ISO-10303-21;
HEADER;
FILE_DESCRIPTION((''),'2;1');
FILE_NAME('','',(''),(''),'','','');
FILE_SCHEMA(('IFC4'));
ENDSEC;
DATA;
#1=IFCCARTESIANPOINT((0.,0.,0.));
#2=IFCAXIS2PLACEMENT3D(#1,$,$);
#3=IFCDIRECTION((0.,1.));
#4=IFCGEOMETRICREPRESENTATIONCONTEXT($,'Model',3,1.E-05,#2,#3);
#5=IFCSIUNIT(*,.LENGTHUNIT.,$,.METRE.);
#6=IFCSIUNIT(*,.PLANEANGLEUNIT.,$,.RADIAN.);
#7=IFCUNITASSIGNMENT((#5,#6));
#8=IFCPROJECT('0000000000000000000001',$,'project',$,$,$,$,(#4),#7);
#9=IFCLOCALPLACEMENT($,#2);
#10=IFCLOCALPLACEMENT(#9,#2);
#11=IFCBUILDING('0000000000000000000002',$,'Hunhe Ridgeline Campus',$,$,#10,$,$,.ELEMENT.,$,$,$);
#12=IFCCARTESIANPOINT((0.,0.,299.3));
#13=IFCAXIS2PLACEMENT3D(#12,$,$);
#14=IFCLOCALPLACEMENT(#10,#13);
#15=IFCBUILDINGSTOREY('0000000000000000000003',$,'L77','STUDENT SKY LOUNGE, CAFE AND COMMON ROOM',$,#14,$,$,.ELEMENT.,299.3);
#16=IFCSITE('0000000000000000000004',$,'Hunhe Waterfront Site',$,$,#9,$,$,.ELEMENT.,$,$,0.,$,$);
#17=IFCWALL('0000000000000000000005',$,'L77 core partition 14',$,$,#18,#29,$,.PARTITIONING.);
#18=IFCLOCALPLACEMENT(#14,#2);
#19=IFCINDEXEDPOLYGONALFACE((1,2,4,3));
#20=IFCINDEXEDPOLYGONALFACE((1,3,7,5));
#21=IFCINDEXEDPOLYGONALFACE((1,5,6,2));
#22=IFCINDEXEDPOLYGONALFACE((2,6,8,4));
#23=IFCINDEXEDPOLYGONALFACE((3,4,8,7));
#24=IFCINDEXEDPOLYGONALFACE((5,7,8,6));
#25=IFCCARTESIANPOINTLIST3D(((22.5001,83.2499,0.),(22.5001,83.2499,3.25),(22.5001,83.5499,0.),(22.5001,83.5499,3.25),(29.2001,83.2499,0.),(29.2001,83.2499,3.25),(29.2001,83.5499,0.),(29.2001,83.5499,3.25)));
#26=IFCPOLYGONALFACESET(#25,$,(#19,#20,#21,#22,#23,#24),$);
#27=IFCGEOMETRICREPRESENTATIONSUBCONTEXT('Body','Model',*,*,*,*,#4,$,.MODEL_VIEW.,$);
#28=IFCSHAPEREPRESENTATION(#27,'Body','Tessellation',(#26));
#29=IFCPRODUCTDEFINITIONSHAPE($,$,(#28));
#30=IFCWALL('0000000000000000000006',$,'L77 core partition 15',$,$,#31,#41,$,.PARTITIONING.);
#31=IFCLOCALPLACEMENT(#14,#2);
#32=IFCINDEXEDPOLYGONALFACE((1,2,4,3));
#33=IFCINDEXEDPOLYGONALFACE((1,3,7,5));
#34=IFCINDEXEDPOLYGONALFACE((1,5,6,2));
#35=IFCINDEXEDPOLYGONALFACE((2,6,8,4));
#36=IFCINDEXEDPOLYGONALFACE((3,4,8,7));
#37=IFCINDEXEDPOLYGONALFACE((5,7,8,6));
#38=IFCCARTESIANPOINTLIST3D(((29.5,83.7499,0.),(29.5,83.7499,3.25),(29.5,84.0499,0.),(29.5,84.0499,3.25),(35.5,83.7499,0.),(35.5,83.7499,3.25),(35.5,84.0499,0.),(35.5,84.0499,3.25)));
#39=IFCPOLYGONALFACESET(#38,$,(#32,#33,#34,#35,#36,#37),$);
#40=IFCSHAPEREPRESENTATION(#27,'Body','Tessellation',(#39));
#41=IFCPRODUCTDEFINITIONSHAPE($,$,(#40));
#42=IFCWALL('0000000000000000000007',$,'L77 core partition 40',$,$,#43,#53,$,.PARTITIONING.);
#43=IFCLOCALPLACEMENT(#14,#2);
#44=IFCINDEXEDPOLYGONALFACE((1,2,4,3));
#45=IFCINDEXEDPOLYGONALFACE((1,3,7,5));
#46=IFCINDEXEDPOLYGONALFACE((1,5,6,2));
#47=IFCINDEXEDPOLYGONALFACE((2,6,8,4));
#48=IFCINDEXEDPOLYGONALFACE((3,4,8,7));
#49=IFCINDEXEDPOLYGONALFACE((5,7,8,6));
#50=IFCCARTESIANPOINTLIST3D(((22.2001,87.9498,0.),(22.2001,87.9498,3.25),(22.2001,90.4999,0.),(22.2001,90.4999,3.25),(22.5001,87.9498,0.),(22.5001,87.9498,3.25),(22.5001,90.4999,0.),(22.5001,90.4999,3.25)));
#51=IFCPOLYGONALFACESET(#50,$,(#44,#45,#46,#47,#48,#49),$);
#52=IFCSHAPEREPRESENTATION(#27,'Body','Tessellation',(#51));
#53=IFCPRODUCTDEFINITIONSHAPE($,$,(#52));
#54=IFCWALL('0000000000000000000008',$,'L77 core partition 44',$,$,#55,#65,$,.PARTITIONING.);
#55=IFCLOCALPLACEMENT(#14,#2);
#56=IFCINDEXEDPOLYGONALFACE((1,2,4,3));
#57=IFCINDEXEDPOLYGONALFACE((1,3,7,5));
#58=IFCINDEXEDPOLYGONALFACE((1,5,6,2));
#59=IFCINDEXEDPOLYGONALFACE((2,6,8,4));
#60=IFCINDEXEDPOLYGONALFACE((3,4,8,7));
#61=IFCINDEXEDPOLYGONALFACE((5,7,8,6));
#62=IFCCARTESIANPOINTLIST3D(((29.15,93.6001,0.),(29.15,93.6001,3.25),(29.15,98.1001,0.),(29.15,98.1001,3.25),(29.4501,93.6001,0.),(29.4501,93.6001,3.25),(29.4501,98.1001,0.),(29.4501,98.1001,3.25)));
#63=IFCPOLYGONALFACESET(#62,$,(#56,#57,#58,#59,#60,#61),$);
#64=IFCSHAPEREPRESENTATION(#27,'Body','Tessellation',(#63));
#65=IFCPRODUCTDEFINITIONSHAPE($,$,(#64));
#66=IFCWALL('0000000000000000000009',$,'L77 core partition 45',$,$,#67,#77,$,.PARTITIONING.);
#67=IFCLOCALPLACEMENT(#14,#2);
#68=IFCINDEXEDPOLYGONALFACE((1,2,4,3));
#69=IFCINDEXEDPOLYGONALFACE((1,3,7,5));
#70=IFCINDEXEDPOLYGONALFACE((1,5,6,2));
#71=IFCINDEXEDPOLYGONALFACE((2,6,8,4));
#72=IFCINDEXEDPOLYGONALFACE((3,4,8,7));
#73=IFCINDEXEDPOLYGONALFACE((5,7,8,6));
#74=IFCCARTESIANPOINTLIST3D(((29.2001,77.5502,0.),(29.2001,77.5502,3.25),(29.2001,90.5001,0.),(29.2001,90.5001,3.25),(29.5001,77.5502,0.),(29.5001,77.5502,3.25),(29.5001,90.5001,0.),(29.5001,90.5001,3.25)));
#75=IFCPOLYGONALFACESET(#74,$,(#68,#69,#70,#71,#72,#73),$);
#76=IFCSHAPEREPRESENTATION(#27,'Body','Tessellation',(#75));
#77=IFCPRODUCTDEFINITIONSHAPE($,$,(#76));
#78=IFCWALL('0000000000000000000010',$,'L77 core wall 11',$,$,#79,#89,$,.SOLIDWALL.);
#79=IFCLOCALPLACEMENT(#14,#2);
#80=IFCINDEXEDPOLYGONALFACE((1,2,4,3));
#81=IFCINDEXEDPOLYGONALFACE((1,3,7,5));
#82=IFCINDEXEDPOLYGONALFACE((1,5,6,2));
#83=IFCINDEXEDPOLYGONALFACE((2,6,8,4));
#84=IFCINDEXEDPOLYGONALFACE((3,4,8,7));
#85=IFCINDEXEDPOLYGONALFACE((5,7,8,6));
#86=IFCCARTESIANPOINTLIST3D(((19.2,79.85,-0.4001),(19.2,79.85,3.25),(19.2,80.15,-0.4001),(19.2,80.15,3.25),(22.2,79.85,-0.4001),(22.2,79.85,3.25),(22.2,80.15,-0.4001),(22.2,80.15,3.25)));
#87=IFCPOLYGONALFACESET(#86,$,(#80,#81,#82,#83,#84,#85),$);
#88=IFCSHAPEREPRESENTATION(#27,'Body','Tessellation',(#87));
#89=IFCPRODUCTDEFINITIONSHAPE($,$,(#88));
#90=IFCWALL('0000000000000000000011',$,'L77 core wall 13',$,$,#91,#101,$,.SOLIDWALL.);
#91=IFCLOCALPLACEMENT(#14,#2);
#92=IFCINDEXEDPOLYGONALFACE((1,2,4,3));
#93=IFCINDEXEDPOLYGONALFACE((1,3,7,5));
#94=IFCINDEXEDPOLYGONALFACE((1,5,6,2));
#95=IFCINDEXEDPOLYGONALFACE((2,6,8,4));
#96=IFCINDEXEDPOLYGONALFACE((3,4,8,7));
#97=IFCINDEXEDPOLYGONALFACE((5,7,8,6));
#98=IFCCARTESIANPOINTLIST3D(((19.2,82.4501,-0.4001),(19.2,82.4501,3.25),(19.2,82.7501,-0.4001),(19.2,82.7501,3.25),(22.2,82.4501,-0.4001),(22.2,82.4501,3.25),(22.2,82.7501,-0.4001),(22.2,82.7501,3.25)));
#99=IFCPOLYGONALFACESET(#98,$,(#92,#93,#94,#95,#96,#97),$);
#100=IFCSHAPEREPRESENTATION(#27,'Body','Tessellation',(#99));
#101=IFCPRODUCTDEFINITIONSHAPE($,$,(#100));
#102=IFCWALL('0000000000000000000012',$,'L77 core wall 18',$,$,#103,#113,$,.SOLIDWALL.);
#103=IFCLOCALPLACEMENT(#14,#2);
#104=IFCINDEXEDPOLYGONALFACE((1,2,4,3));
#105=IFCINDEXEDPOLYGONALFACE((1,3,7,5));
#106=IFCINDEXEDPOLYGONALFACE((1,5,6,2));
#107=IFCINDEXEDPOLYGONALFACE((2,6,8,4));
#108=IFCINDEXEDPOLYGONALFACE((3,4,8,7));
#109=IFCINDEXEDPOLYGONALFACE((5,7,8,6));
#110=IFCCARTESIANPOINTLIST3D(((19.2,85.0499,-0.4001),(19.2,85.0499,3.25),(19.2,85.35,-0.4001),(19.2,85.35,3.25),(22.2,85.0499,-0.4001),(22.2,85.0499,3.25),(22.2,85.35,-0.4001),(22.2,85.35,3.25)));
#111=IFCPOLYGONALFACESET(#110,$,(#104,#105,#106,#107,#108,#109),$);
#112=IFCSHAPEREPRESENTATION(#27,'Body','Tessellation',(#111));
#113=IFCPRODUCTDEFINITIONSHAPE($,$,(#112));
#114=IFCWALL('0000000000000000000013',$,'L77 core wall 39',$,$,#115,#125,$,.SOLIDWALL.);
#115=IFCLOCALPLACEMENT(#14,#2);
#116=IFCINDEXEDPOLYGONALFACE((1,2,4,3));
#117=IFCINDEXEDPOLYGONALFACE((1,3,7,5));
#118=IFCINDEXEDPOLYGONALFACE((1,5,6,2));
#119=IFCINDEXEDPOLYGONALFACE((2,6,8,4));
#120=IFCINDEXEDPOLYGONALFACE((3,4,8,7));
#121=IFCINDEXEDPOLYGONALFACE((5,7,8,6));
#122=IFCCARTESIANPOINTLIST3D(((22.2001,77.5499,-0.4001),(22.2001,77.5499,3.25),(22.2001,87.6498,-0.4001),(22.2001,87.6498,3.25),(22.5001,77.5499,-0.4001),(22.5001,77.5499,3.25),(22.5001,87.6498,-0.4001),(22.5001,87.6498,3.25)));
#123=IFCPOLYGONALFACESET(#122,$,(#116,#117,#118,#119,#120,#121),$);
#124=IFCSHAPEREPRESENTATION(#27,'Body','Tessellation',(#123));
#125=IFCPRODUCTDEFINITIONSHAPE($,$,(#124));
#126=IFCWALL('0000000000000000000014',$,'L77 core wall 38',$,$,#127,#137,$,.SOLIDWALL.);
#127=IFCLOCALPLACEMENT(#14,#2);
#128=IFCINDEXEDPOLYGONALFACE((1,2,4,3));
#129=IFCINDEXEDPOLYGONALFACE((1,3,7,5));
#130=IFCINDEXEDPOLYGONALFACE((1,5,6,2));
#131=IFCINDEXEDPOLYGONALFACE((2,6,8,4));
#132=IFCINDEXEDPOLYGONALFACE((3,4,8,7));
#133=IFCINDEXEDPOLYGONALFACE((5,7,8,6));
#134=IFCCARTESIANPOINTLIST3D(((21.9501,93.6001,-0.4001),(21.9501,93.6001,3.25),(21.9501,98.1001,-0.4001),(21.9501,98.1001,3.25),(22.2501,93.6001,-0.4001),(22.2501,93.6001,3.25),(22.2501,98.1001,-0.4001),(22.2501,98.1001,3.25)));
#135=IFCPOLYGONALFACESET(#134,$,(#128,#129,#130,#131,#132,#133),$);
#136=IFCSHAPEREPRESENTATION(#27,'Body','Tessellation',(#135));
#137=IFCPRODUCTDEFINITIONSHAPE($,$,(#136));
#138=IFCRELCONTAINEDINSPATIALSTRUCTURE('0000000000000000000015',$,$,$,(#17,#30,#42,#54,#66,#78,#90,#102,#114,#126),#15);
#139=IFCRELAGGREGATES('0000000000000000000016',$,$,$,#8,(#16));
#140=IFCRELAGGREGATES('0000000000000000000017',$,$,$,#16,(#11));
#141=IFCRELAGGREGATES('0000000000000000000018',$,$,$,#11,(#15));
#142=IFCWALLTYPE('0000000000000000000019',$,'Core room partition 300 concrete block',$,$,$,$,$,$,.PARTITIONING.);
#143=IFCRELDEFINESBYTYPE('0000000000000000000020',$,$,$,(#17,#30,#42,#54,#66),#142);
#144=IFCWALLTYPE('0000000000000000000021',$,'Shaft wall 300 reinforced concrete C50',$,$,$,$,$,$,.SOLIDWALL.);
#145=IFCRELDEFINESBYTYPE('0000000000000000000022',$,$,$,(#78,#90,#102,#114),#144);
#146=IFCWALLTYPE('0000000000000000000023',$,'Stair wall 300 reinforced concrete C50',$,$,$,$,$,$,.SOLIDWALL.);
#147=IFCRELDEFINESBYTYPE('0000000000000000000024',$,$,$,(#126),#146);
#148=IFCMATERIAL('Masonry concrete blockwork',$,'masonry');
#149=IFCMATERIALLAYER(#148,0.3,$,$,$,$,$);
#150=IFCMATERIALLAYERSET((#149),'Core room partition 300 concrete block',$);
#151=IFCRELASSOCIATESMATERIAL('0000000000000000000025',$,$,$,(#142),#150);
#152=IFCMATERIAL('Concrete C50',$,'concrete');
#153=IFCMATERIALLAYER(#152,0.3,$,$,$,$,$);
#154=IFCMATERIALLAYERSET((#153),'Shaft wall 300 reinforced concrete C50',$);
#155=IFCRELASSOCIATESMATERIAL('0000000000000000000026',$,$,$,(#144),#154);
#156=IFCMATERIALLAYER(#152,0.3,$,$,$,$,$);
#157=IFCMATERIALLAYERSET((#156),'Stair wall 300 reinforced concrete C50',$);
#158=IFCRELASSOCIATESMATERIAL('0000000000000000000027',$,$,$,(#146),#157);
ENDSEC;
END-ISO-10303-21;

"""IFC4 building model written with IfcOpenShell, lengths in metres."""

from ifc_helpers import new_model, si_unit, direction, frame, frame_2d, origin, place, context, subcontext, project, spatial, rectangle, extrude, material, layer, layer_set, type_object, element, save


model = new_model("IFC4")

# Units and contexts
model_context = context("Model", 3, precision=1e-05, world=origin(), true_north=direction((0.0, 1.0)))
body_context = subcontext(model_context, "Body", "Model", "MODEL_VIEW")
ifc_project = project(units=[si_unit("LENGTHUNIT", "METRE"), si_unit("PLANEANGLEUNIT", "RADIAN")], contexts=[model_context])

# Site, building, storey
site_placement = place(None, origin())
site = spatial("IfcSite", under=ifc_project, at=site_placement, Name="Hunhe Waterfront Site", CompositionType="ELEMENT", RefElevation=0.0)
building_placement = place(site_placement, origin())
building = spatial("IfcBuilding", under=site, at=building_placement, Name="Hunhe Ridgeline Campus", CompositionType="ELEMENT")
storey_placement = place(building_placement, frame((0.0, 0.0, 299.3)))
storey = spatial("IfcBuildingStorey", under=building, at=storey_placement, Name="L77", Description="STUDENT SKY LOUNGE, CAFE AND COMMON ROOM", CompositionType="ELEMENT", Elevation=299.3)

# Shared definitions
ifc_material_1 = material(Name="Masonry concrete blockwork", Category="masonry")
ifc_layer_1 = layer(ifc_material_1, 0.3)
ifc_layer_set_1 = layer_set([ifc_layer_1], Name="Core room partition 300 concrete block")
wall_type_1 = type_object("IfcWallType", Name="Core room partition 300 concrete block", PredefinedType="PARTITIONING", material=ifc_layer_set_1)

# Walls
wall_1_placement = place(storey_placement, frame((22.5, 83.3999, 0.0), z_axis=(0.0, 0.0, 1.0), x_axis=(1.0, 0.0, 0.0)))
element("IfcWall", 1, at=wall_1_placement, inside=storey, type_object=wall_type_1, Name="L77 core partition 14", PredefinedType="PARTITIONING", context=body_context, shape_type="SweptSolid", body=[
    extrude(rectangle(XDim=6.7, YDim=0.3, at=frame_2d((3.3501, 0.0))), origin(), (0.0, 0.0, 1.0), 3.25),
])
wall_2_placement = place(storey_placement, frame((29.5, 83.8999, 0.0), z_axis=(0.0, 0.0, 1.0), x_axis=(1.0, 0.0, 0.0)))
element("IfcWall", 2, at=wall_2_placement, inside=storey, type_object=wall_type_1, Name="L77 core partition 15", PredefinedType="PARTITIONING", context=body_context, shape_type="SweptSolid", body=[
    extrude(rectangle(XDim=6.0, YDim=0.3, at=frame_2d((3.0, 0.0))), origin(), (0.0, 0.0, 1.0), 3.25),
])
wall_3_placement = place(storey_placement, frame((22.3501, 87.95, 0.0), z_axis=(0.0, 0.0, 1.0), x_axis=(0.0, 1.0, 0.0)))
element("IfcWall", 3, at=wall_3_placement, inside=storey, type_object=wall_type_1, Name="L77 core partition 40", PredefinedType="PARTITIONING", context=body_context, shape_type="SweptSolid", body=[
    extrude(rectangle(XDim=2.55, YDim=0.3, at=frame_2d((1.2749, 0.0))), origin(), (0.0, 0.0, 1.0), 3.25),
])
wall_4_placement = place(storey_placement, frame((29.3, 93.6001, 0.0), z_axis=(0.0, 0.0, 1.0), x_axis=(0.0, 1.0, 0.0)))
element("IfcWall", 4, at=wall_4_placement, inside=storey, type_object=wall_type_1, Name="L77 core partition 44", PredefinedType="PARTITIONING", context=body_context, shape_type="SweptSolid", body=[
    extrude(rectangle(XDim=4.5, YDim=0.3, at=frame_2d((2.25, 0.0))), origin(), (0.0, 0.0, 1.0), 3.25),
])
wall_5_placement = place(storey_placement, frame((29.3501, 77.55, 0.0), z_axis=(0.0, 0.0, 1.0), x_axis=(0.0, 1.0, 0.0)))
element("IfcWall", 5, at=wall_5_placement, inside=storey, type_object=wall_type_1, Name="L77 core partition 45", PredefinedType="PARTITIONING", context=body_context, shape_type="SweptSolid", body=[
    extrude(rectangle(XDim=12.95, YDim=0.3, at=frame_2d((6.4751, 0.0))), origin(), (0.0, 0.0, 1.0), 3.25),
])
ifc_material_2 = material(Name="Concrete C50", Category="concrete")
ifc_layer_2 = layer(ifc_material_2, 0.3)
ifc_layer_set_2 = layer_set([ifc_layer_2], Name="Shaft wall 300 reinforced concrete C50")
wall_type_2 = type_object("IfcWallType", Name="Shaft wall 300 reinforced concrete C50", PredefinedType="SOLIDWALL", material=ifc_layer_set_2)
for number, where, z_axis, x_axis, name in (
    (6, (19.2, 80.0, -0.4001), (0.0, 0.0, 1.0), (1.0, 0.0, 0.0), "L77 core wall 11"),
    (7, (19.2, 82.6001, -0.4001), (0.0, 0.0, 1.0), (1.0, 0.0, 0.0), "L77 core wall 13"),
    (8, (19.2, 85.2, -0.4001), (0.0, 0.0, 1.0), (1.0, 0.0, 0.0), "L77 core wall 18"),
):
    element("IfcWall", number, at=place(storey_placement, frame(where, z_axis=z_axis, x_axis=x_axis)), inside=storey, type_object=wall_type_2, Name=name, PredefinedType="SOLIDWALL", context=body_context, shape_type="SweptSolid", body=[
        extrude(rectangle(XDim=3.0, YDim=0.3, at=frame_2d((1.5, 0.0))), origin(), (0.0, 0.0, 1.0), 3.6501),
    ])

# Walls
wall_6_placement = place(storey_placement, frame((22.3501, 77.55, -0.4001), z_axis=(0.0, 0.0, 1.0), x_axis=(0.0, 1.0, 0.0)))
element("IfcWall", 9, at=wall_6_placement, inside=storey, type_object=wall_type_2, Name="L77 core wall 39", PredefinedType="SOLIDWALL", context=body_context, shape_type="SweptSolid", body=[
    extrude(rectangle(XDim=10.0999, YDim=0.3, at=frame_2d((5.0498, 0.0))), origin(), (0.0, 0.0, 1.0), 3.6501),
])
ifc_layer_3 = layer(ifc_material_2, 0.3)
ifc_layer_set_3 = layer_set([ifc_layer_3], Name="Stair wall 300 reinforced concrete C50")
wall_type_3 = type_object("IfcWallType", Name="Stair wall 300 reinforced concrete C50", PredefinedType="SOLIDWALL", material=ifc_layer_set_3)
wall_7_placement = place(storey_placement, frame((22.1001, 93.6001, -0.4001), z_axis=(0.0, 0.0, 1.0), x_axis=(0.0, 1.0, 0.0)))
element("IfcWall", 10, at=wall_7_placement, inside=storey, type_object=wall_type_3, Name="L77 core wall 38", PredefinedType="SOLIDWALL", context=body_context, shape_type="SweptSolid", body=[
    extrude(rectangle(XDim=4.5, YDim=0.3, at=frame_2d((2.25, 0.0))), origin(), (0.0, 0.0, 1.0), 3.6501),
])

save(model, "model.ifc")
